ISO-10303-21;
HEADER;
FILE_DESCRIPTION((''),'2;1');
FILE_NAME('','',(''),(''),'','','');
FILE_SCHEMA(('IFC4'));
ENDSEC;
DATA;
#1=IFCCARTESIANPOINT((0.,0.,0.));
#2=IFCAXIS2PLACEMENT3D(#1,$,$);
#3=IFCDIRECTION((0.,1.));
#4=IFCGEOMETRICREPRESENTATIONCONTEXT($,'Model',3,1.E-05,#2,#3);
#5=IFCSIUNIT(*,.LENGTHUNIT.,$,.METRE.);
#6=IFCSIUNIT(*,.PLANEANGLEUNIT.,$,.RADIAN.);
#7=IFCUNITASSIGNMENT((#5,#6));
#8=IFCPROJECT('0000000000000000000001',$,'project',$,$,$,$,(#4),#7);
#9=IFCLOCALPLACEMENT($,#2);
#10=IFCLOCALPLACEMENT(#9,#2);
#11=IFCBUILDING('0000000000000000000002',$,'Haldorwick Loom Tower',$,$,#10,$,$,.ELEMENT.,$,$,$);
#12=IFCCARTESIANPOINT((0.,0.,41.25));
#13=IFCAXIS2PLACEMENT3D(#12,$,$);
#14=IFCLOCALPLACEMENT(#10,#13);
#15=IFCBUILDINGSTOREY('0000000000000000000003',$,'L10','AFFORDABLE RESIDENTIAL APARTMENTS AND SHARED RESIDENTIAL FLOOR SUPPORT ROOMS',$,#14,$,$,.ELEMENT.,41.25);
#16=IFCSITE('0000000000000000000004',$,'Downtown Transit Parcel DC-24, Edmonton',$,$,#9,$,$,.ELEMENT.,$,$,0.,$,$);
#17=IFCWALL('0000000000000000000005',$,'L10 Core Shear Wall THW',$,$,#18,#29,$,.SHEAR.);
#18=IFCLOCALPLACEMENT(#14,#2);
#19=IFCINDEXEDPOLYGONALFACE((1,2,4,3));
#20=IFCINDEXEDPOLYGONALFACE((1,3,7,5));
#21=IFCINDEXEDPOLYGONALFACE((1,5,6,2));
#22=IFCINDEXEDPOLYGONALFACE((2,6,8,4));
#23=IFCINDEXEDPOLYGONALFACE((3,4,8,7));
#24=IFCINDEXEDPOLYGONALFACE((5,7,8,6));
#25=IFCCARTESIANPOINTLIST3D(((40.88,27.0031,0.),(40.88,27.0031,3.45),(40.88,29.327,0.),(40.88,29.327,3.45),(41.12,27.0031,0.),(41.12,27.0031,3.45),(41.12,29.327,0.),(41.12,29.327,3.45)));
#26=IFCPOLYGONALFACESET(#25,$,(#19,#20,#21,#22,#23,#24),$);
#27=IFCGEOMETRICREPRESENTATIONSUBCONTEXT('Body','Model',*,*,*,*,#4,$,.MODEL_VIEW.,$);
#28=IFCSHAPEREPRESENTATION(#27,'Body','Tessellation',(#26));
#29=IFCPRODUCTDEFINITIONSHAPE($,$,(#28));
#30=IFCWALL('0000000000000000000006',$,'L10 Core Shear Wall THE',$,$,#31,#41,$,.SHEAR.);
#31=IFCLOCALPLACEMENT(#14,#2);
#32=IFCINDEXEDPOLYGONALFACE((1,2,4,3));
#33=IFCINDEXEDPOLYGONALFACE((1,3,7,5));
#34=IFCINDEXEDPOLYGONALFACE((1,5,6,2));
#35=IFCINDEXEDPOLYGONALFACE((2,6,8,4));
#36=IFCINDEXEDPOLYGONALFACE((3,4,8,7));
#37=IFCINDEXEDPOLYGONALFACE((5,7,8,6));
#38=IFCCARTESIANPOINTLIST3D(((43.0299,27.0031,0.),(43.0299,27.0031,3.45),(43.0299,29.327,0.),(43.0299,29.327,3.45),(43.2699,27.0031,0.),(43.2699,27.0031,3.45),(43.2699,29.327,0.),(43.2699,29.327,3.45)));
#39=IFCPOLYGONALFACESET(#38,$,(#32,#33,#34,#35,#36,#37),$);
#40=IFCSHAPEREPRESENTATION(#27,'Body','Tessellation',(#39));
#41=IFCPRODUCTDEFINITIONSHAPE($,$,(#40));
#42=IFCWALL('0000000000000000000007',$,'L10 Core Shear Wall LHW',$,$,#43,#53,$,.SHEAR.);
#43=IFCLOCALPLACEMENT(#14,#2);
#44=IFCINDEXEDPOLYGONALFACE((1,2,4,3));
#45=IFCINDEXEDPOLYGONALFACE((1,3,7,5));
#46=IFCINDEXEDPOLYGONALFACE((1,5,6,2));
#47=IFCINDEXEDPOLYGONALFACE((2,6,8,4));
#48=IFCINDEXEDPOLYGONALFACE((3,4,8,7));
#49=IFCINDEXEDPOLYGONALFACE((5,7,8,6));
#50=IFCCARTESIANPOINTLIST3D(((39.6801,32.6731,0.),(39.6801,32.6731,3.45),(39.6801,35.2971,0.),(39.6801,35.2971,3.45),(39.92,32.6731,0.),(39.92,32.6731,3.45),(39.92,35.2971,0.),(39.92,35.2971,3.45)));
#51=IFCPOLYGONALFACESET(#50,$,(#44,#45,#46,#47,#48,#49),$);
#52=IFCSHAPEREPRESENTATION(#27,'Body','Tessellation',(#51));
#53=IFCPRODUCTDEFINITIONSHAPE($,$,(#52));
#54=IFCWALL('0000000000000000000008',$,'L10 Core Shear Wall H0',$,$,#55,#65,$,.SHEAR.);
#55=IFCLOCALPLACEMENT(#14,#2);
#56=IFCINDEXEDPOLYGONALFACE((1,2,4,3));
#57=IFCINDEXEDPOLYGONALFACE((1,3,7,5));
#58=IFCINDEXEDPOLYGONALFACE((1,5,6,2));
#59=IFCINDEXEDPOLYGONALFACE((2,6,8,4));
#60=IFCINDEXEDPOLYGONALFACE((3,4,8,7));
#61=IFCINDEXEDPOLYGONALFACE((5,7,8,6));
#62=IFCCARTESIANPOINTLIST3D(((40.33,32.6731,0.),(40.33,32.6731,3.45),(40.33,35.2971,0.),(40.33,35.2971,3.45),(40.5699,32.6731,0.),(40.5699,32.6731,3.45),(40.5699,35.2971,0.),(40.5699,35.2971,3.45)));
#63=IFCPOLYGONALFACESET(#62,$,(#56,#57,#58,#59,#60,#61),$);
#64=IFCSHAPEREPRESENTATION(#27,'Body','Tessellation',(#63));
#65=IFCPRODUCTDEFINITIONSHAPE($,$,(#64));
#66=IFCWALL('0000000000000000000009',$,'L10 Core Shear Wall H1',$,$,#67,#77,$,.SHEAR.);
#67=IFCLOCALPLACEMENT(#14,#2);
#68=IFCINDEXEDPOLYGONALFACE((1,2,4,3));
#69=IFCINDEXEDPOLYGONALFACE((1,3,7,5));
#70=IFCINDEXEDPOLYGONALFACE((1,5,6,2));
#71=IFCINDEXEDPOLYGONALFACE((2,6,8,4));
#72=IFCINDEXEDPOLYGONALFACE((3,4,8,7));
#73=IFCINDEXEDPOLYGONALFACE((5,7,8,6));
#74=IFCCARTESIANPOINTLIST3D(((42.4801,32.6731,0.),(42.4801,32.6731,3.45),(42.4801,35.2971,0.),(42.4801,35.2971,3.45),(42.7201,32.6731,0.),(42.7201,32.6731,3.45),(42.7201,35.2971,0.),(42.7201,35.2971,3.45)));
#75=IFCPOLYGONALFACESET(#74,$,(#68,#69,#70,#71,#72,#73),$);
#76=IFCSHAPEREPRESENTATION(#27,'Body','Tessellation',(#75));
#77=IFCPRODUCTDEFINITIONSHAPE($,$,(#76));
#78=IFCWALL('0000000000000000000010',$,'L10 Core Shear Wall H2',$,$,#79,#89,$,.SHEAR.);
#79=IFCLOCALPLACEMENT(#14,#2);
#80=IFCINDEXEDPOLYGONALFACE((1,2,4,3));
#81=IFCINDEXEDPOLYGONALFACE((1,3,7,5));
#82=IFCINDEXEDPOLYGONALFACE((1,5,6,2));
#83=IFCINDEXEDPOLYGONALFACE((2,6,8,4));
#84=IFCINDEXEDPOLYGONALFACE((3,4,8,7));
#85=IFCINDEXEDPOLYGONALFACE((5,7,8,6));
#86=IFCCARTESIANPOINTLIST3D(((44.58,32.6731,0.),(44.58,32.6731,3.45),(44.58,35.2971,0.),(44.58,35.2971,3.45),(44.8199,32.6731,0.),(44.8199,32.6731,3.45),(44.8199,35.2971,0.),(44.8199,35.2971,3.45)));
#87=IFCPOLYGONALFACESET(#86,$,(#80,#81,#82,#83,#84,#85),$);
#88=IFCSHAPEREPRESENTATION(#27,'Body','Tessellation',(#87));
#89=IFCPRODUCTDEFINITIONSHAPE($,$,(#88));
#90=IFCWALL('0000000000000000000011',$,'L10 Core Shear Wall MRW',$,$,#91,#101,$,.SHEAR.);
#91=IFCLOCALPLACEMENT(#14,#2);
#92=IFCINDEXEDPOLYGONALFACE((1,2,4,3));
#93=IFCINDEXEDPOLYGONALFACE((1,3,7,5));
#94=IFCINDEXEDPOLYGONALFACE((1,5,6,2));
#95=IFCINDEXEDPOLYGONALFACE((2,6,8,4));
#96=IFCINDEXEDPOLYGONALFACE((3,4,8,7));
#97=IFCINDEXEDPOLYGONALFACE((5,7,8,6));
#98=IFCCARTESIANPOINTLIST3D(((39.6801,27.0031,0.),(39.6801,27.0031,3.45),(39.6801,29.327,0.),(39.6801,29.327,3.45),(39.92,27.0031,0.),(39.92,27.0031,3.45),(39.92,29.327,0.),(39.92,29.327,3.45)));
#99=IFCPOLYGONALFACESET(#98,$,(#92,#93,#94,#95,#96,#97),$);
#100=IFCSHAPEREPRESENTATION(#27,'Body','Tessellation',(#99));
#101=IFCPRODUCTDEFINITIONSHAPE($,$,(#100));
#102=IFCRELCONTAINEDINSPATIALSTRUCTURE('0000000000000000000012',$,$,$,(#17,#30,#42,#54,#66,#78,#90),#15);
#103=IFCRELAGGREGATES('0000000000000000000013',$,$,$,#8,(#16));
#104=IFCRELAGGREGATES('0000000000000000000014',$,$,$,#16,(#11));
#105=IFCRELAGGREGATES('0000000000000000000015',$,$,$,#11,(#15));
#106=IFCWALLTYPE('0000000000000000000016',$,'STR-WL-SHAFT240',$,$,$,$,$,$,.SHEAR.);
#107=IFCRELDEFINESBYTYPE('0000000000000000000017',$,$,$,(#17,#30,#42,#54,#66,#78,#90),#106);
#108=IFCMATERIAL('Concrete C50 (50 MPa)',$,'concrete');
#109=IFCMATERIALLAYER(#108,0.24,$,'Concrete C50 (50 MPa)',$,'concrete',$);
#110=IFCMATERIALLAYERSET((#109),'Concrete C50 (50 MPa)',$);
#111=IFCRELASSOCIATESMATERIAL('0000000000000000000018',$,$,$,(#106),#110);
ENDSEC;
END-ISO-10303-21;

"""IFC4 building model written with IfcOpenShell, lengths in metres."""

from ifc_helpers import new_model, si_unit, direction, frame, frame_2d, origin, place, context, subcontext, project, spatial, rectangle, extrude, material, layer, layer_set, type_object, element, save


model = new_model("IFC4")

# Units and contexts
model_context = context("Model", 3, precision=1e-05, world=origin(), true_north=direction((0.0, 1.0)))
body_context = subcontext(model_context, "Body", "Model", "MODEL_VIEW")
ifc_project = project(units=[si_unit("LENGTHUNIT", "METRE"), si_unit("PLANEANGLEUNIT", "RADIAN")], contexts=[model_context])

# Site, building, storey
site_placement = place(None, origin())
site = spatial("IfcSite", under=ifc_project, at=site_placement, Name="Downtown Transit Parcel DC-24, Edmonton", CompositionType="ELEMENT", RefElevation=0.0)
building_placement = place(site_placement, origin())
building = spatial("IfcBuilding", under=site, at=building_placement, Name="Haldorwick Loom Tower", CompositionType="ELEMENT")
storey_placement = place(building_placement, frame((0.0, 0.0, 41.25)))
storey = spatial("IfcBuildingStorey", under=building, at=storey_placement, Name="L10", Description="AFFORDABLE RESIDENTIAL APARTMENTS AND SHARED RESIDENTIAL FLOOR SUPPORT ROOMS", CompositionType="ELEMENT", Elevation=41.25)

# Shared definitions
ifc_material_1 = material(Name="Concrete C50 (50 MPa)", Category="concrete")
ifc_layer_1 = layer(ifc_material_1, 0.24, Name="Concrete C50 (50 MPa)", Category="concrete")
ifc_layer_set_1 = layer_set([ifc_layer_1], Name="Concrete C50 (50 MPa)")
wall_type_1 = type_object("IfcWallType", Name="STR-WL-SHAFT240", PredefinedType="SHEAR", material=ifc_layer_set_1)

# Walls
for number, where, z_axis, x_axis, name in (
    (1, (41.0, 27.0029, 0.0), (0.0, 0.0, 1.0), (0.0, 1.0, 0.0), "L10 Core Shear Wall THW"),
    (2, (43.1499, 27.0029, 0.0), (0.0, 0.0, 1.0), (0.0, 1.0, 0.0), "L10 Core Shear Wall THE"),
):
    element("IfcWall", number, at=place(storey_placement, frame(where, z_axis=z_axis, x_axis=x_axis)), inside=storey, type_object=wall_type_1, Name=name, PredefinedType="SHEAR", context=body_context, shape_type="SweptSolid", body=[
        extrude(rectangle(XDim=2.324, YDim=0.24, at=frame_2d((1.1621, 0.0))), origin(), (0.0, 0.0, 1.0), 3.45),
    ])
for number, where, z_axis, x_axis, name in (
    (3, (39.8, 32.6731, 0.0), (0.0, 0.0, 1.0), (0.0, 1.0, 0.0), "L10 Core Shear Wall LHW"),
    (4, (40.45, 32.6731, 0.0), (0.0, 0.0, 1.0), (0.0, 1.0, 0.0), "L10 Core Shear Wall H0"),
    (5, (42.6001, 32.6731, 0.0), (0.0, 0.0, 1.0), (0.0, 1.0, 0.0), "L10 Core Shear Wall H1"),
    (6, (44.7, 32.6731, 0.0), (0.0, 0.0, 1.0), (0.0, 1.0, 0.0), "L10 Core Shear Wall H2"),
):
    element("IfcWall", number, at=place(storey_placement, frame(where, z_axis=z_axis, x_axis=x_axis)), inside=storey, type_object=wall_type_1, Name=name, PredefinedType="SHEAR", context=body_context, shape_type="SweptSolid", body=[
        extrude(rectangle(XDim=2.624, YDim=0.24, at=frame_2d((1.312, 0.0))), origin(), (0.0, 0.0, 1.0), 3.45),
    ])
wall_1_placement = place(storey_placement, frame((39.8, 27.0029, 0.0), z_axis=(0.0, 0.0, 1.0), x_axis=(0.0, 1.0, 0.0)))
element("IfcWall", 7, at=wall_1_placement, inside=storey, type_object=wall_type_1, Name="L10 Core Shear Wall MRW", PredefinedType="SHEAR", context=body_context, shape_type="SweptSolid", body=[
    extrude(rectangle(XDim=2.324, YDim=0.24, at=frame_2d((1.1621, 0.0))), origin(), (0.0, 0.0, 1.0), 3.45),
])

save(model, "model.ifc")
